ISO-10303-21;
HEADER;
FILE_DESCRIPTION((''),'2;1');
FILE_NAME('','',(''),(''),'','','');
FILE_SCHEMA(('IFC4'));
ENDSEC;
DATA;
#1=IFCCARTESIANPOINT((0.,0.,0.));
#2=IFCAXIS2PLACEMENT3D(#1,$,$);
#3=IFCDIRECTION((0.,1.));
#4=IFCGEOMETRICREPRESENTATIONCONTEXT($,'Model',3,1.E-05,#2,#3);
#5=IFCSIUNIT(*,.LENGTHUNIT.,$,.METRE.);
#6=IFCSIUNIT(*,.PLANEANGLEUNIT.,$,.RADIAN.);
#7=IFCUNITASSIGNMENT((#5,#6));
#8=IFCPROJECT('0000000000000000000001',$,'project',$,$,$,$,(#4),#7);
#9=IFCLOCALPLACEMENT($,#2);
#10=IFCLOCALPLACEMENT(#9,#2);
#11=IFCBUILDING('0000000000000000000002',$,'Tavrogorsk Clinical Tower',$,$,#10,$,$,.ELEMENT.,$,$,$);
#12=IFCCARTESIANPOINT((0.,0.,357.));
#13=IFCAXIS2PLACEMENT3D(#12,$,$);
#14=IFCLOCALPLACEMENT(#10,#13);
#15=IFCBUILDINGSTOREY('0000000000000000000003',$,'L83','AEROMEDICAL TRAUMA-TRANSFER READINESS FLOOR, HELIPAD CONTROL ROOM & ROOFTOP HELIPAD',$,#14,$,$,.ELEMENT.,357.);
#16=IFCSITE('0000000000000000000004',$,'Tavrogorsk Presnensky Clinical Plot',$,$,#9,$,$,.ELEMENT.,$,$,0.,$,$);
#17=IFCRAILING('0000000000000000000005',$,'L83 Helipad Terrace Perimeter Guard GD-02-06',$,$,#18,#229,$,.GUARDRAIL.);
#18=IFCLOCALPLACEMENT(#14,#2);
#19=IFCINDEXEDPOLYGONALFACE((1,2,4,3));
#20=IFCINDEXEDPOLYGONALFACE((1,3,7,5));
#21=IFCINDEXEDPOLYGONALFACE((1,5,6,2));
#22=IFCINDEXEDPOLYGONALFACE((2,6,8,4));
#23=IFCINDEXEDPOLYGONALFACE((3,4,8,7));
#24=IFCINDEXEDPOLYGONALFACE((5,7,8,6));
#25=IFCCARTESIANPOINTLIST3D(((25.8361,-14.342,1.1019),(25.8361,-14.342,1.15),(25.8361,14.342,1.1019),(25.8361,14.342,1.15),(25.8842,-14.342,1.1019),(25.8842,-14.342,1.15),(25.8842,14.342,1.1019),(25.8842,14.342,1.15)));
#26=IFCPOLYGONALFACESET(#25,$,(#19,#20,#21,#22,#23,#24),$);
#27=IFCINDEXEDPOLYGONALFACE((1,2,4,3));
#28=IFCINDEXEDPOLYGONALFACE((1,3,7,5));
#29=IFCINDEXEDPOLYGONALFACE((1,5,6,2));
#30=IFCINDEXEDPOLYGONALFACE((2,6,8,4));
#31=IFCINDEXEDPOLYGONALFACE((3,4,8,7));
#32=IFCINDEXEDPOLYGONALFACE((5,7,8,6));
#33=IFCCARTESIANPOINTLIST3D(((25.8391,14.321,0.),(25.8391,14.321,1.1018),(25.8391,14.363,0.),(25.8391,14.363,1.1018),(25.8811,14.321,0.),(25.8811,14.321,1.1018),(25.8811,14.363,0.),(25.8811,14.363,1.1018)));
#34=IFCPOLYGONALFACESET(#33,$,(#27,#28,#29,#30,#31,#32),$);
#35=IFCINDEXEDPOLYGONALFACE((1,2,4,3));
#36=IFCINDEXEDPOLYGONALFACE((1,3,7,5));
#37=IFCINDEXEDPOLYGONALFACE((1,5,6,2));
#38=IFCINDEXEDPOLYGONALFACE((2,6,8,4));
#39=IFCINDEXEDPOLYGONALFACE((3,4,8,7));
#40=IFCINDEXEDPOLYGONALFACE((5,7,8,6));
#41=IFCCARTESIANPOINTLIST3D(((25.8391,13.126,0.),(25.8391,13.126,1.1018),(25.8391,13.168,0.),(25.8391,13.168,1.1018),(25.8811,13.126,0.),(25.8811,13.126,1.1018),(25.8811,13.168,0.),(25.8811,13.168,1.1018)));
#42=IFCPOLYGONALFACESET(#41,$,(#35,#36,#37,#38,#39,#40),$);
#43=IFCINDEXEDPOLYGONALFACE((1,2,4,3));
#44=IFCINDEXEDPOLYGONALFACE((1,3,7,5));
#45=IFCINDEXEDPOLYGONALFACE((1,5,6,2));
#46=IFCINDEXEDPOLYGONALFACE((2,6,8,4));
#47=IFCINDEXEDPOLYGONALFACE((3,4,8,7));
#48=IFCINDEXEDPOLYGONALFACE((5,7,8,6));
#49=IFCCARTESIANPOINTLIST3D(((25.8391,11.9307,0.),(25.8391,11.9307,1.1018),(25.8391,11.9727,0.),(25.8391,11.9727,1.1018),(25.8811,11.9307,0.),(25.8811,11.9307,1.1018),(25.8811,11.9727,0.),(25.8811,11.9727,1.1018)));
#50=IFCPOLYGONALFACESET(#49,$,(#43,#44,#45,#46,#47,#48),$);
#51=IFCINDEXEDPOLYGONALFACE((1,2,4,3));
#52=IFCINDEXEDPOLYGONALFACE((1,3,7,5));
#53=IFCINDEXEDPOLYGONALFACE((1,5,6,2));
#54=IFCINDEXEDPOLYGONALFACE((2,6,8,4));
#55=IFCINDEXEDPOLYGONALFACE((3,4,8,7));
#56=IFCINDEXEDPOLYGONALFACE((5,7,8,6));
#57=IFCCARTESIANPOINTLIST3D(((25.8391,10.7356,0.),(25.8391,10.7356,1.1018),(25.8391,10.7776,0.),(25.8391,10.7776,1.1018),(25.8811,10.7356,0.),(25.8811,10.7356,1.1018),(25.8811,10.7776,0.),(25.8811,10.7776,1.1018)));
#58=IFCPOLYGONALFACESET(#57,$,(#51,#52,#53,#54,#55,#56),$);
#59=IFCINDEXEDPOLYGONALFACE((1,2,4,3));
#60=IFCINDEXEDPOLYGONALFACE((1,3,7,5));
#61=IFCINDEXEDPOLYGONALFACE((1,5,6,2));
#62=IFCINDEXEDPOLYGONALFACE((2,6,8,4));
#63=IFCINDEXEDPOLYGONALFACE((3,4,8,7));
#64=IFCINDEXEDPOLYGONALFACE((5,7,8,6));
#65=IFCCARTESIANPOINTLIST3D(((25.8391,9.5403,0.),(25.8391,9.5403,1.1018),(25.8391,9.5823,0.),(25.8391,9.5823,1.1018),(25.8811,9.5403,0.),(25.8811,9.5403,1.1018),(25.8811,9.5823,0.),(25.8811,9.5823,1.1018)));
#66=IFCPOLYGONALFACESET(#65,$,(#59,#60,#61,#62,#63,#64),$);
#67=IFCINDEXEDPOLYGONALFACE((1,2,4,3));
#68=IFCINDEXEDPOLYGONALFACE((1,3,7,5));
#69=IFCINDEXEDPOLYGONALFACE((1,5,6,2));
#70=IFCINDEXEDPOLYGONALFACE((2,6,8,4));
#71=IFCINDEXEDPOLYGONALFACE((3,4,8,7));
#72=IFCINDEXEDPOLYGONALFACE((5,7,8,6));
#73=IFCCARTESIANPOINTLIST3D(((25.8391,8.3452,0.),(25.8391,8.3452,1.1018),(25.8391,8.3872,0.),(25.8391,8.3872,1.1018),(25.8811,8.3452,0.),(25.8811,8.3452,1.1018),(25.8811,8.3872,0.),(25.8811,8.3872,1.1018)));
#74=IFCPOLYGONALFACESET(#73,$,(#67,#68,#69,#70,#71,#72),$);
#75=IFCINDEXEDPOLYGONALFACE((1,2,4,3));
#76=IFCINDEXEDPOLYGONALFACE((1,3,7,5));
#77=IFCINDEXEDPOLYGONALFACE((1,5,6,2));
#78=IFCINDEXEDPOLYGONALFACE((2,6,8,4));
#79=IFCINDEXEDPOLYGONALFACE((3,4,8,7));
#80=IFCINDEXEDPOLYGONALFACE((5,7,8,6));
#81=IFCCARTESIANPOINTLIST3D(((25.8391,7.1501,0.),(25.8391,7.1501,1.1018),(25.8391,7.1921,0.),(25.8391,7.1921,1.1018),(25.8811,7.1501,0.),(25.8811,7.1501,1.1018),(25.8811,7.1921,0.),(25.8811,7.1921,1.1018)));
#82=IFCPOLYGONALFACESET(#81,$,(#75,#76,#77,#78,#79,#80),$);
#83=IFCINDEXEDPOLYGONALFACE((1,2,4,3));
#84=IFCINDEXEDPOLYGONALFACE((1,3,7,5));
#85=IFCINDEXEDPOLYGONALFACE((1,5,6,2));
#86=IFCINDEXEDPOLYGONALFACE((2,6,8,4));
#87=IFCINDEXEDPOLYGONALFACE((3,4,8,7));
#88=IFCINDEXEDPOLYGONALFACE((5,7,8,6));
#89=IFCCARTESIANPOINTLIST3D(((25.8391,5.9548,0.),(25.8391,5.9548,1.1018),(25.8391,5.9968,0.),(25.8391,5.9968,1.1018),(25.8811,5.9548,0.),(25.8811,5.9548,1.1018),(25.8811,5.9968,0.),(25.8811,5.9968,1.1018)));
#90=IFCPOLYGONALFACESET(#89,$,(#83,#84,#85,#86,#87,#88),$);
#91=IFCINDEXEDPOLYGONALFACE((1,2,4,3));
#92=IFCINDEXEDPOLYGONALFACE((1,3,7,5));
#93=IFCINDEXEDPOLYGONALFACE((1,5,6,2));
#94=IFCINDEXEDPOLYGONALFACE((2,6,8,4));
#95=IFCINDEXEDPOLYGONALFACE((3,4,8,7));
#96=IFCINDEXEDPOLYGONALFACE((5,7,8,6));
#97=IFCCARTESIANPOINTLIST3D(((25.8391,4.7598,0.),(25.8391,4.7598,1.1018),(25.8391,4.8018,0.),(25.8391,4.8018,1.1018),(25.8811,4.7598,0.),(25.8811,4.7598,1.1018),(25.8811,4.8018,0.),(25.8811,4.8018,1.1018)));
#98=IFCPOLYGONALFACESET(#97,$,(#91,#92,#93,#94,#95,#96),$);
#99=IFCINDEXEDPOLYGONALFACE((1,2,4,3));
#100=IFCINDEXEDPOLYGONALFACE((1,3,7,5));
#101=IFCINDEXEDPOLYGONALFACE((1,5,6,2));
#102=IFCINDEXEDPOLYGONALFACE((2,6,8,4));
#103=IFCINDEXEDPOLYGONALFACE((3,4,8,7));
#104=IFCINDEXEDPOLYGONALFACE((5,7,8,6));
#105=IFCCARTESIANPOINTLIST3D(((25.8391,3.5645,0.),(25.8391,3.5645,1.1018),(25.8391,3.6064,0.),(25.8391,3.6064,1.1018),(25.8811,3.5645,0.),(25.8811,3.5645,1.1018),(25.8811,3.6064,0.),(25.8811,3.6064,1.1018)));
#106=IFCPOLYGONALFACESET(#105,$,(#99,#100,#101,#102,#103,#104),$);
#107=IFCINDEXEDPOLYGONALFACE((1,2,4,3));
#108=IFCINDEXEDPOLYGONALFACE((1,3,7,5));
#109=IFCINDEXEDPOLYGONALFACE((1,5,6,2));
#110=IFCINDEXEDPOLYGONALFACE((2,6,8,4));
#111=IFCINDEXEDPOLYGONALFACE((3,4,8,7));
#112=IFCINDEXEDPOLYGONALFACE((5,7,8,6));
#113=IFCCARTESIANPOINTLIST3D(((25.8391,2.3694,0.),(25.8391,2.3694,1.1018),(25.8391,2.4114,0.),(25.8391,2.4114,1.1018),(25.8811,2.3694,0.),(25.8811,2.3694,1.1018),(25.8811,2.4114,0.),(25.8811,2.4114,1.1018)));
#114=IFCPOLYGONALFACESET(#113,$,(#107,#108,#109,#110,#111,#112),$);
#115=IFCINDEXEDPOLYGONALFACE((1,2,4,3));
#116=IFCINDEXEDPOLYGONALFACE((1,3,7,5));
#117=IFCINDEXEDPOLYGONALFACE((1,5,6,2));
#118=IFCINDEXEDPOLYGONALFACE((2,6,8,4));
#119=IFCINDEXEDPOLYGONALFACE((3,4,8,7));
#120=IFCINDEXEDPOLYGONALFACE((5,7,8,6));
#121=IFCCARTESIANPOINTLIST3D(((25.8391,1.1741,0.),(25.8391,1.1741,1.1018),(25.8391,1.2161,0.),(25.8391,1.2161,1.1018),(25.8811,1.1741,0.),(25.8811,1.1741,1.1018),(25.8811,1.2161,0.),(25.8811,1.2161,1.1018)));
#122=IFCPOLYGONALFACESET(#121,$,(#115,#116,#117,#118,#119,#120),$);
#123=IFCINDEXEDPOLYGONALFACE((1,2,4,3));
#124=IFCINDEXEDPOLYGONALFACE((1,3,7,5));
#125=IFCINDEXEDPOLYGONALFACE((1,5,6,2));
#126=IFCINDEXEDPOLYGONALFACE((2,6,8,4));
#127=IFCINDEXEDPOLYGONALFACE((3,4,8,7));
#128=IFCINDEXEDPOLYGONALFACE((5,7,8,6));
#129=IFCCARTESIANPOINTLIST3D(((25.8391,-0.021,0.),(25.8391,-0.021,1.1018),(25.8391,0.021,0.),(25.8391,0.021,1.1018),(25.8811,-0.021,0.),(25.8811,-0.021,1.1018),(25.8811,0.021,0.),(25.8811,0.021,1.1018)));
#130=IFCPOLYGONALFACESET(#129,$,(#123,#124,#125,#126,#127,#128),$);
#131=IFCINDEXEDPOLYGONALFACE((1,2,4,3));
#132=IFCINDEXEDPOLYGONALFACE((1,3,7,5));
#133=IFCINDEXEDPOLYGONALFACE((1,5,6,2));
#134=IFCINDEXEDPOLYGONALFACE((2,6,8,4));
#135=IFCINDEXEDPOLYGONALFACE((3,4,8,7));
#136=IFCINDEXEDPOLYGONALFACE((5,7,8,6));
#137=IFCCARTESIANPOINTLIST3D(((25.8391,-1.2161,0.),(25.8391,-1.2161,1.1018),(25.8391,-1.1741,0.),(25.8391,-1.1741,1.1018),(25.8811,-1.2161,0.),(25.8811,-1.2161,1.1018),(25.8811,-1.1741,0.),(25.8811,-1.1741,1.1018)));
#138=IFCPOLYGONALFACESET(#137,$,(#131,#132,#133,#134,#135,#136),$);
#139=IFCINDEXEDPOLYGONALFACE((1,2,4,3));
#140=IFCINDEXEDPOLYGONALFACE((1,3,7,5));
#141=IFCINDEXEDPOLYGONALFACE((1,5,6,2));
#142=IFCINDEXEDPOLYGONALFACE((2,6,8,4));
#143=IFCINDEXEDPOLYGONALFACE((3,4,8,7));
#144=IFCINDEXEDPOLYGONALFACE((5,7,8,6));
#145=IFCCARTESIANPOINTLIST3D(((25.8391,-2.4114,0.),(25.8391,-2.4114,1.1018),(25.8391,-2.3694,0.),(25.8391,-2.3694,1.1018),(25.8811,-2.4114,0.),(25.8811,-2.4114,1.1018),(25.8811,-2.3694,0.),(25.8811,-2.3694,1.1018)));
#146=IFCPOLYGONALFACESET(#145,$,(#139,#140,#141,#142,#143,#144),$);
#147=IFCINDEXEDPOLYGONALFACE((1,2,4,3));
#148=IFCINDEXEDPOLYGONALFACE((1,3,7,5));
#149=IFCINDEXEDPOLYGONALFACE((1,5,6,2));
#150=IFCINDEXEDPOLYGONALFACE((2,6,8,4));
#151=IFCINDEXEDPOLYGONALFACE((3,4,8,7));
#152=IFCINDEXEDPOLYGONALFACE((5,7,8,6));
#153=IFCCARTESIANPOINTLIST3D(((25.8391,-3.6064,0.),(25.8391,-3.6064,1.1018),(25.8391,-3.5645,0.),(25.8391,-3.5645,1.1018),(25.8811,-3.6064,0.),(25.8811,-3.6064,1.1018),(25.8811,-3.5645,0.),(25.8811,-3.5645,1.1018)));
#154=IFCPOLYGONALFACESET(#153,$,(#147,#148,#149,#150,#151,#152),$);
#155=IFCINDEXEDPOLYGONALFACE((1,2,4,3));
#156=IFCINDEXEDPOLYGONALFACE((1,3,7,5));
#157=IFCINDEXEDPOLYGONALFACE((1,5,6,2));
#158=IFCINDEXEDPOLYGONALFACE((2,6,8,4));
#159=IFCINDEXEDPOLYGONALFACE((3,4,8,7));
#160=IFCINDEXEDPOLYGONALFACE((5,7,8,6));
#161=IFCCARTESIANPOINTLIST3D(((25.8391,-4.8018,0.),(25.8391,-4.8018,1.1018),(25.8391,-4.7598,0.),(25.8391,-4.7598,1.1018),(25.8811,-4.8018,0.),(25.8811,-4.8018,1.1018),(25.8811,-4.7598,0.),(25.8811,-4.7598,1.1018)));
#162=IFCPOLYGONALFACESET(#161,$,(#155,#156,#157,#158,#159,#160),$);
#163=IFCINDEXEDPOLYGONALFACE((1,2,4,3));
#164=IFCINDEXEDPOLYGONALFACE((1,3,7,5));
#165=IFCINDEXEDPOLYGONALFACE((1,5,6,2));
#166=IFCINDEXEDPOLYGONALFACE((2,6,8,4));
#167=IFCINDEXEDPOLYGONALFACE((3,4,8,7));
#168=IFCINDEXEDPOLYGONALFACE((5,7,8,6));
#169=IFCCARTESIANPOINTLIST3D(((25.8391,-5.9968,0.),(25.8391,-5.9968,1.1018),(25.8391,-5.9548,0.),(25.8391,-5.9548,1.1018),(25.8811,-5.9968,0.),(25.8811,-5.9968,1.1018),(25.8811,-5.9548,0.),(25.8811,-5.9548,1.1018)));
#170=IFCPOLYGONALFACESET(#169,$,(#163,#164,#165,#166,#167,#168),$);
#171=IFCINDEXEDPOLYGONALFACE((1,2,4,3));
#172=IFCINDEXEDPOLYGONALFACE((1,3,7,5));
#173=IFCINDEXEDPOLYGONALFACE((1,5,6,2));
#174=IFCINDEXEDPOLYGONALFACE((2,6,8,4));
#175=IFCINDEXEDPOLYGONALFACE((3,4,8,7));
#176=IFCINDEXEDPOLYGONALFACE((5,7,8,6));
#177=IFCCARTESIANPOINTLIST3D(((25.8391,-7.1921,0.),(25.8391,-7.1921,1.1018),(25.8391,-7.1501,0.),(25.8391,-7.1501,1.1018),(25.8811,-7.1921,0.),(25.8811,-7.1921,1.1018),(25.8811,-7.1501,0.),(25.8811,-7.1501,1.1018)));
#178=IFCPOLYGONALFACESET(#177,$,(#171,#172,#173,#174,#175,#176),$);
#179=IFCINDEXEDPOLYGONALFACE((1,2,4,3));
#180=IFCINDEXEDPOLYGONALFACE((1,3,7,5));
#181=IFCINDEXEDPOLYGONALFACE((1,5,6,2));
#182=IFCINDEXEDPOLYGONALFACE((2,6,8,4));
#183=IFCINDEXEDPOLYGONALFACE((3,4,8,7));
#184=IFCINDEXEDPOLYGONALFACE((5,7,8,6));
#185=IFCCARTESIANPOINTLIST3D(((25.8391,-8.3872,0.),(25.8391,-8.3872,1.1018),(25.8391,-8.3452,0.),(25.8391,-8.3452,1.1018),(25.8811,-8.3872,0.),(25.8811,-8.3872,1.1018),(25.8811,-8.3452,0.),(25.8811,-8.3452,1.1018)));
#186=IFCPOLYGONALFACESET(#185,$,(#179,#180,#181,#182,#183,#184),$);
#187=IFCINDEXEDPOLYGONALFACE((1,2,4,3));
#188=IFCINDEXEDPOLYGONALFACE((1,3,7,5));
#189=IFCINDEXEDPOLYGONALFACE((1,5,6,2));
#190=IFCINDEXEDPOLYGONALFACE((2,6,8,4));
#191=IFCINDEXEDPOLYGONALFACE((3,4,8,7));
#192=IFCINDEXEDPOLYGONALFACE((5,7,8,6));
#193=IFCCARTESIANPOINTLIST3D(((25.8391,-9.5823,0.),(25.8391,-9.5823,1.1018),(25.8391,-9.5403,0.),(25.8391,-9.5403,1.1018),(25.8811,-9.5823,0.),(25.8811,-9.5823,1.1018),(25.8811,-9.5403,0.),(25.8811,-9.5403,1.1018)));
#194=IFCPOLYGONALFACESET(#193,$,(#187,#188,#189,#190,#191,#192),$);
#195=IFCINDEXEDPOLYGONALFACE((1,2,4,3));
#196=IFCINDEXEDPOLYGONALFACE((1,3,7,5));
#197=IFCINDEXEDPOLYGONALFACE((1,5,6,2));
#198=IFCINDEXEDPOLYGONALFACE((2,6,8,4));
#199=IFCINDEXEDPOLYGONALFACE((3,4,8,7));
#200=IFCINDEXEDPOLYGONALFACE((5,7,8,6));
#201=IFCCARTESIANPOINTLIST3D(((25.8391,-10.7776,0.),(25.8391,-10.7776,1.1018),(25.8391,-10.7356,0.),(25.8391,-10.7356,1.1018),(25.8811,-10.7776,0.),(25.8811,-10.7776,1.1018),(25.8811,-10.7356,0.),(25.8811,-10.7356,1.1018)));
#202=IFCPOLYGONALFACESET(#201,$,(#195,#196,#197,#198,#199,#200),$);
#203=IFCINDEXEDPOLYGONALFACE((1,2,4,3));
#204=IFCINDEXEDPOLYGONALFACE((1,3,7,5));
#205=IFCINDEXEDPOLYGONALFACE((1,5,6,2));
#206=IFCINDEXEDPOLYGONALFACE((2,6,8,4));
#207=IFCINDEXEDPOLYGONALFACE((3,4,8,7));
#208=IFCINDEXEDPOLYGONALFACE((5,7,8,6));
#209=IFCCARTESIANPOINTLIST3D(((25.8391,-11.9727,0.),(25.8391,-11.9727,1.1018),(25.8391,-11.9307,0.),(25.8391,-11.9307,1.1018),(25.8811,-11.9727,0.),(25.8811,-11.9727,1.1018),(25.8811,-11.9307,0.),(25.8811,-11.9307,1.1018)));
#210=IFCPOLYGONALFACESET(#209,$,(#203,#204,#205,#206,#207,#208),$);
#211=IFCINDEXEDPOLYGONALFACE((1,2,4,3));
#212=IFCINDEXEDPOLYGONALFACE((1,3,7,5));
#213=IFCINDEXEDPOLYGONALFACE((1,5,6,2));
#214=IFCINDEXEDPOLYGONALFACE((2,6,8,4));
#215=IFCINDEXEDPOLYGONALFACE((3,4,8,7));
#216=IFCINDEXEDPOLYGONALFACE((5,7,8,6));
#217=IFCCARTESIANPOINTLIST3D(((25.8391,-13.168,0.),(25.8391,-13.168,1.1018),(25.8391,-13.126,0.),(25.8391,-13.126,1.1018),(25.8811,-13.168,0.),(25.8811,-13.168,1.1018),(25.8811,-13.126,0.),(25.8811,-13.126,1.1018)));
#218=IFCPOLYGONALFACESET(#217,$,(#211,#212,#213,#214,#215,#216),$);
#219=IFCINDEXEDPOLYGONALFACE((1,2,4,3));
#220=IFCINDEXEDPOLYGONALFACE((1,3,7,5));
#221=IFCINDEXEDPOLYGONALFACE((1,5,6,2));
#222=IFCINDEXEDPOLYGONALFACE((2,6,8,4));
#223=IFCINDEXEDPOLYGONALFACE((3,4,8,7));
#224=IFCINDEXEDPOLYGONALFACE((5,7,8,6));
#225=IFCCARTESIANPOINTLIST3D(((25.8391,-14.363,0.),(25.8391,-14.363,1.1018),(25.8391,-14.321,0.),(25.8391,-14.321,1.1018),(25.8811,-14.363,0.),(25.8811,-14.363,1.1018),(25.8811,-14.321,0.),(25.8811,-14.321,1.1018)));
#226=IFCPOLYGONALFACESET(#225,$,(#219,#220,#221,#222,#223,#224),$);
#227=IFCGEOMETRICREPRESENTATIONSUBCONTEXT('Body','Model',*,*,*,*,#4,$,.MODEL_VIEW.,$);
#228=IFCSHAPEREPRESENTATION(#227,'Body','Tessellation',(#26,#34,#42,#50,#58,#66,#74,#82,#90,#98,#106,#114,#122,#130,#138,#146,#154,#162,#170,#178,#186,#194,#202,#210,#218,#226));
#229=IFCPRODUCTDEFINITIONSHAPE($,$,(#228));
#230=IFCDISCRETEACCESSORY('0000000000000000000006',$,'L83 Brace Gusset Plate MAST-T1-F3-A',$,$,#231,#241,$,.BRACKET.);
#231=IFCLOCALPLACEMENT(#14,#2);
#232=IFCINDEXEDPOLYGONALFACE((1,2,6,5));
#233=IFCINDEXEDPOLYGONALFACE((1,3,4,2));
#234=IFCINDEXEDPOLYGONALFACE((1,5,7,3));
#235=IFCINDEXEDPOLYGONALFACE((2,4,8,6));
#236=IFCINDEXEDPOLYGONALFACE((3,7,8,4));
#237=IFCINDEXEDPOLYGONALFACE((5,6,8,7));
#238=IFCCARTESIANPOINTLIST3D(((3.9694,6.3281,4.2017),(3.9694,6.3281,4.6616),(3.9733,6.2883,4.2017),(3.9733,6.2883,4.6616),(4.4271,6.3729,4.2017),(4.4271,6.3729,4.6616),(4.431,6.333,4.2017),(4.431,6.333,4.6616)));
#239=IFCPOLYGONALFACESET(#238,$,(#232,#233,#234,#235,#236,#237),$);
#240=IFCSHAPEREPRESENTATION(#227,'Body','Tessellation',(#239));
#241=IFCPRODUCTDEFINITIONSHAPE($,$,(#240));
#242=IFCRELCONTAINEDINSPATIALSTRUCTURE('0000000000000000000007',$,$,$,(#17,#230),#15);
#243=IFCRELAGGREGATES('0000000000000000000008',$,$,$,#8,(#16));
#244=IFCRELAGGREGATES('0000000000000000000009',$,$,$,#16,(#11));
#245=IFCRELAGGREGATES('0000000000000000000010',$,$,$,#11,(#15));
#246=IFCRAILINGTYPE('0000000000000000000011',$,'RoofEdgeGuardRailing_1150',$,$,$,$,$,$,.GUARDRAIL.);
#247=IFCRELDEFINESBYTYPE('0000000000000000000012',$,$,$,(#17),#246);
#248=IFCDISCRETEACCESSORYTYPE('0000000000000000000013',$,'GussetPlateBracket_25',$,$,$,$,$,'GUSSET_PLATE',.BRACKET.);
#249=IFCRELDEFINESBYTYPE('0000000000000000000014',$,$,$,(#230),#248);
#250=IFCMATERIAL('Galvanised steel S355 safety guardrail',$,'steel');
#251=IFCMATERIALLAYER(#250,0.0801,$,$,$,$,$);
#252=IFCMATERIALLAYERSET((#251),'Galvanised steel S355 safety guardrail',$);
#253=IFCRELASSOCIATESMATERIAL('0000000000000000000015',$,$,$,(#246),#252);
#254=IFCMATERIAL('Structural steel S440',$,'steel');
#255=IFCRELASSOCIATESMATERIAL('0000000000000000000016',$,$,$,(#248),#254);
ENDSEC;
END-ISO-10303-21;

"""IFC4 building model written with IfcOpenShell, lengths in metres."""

from ifc_helpers import new_model, si_unit, direction, frame, origin, origin_2d, place, context, subcontext, project, spatial, rectangle, extrude, material, layer, layer_set, type_object, element, save


model = new_model("IFC4")

# Units and contexts
model_context = context("Model", 3, precision=1e-05, world=origin(), true_north=direction((0.0, 1.0)))
body_context = subcontext(model_context, "Body", "Model", "MODEL_VIEW")
ifc_project = project(units=[si_unit("LENGTHUNIT", "METRE"), si_unit("PLANEANGLEUNIT", "RADIAN")], contexts=[model_context])

# Site, building, storey
site_placement = place(None, origin())
site = spatial("IfcSite", under=ifc_project, at=site_placement, Name="Tavrogorsk Presnensky Clinical Plot", CompositionType="ELEMENT", RefElevation=0.0)
building_placement = place(site_placement, origin())
building = spatial("IfcBuilding", under=site, at=building_placement, Name="Tavrogorsk Clinical Tower", CompositionType="ELEMENT")
storey_placement = place(building_placement, frame((0.0, 0.0, 357.0)))
storey = spatial("IfcBuildingStorey", under=building, at=storey_placement, Name="L83", Description="AEROMEDICAL TRAUMA-TRANSFER READINESS FLOOR, HELIPAD CONTROL ROOM & ROOFTOP HELIPAD", CompositionType="ELEMENT", Elevation=357.0)

# Railing
ifc_material_1 = material(Name="Galvanised steel S355 safety guardrail", Category="steel")
ifc_layer_1 = layer(ifc_material_1, 0.0801)
ifc_layer_set_1 = layer_set([ifc_layer_1], Name="Galvanised steel S355 safety guardrail")
railing_type = type_object("IfcRailingType", Name="RoofEdgeGuardRailing_1150", PredefinedType="GUARDRAIL", material=ifc_layer_set_1)
railing_1_placement = place(storey_placement, frame((25.8601, 14.342, 0.0)))
element("IfcRailing", 1, at=railing_1_placement, inside=storey, type_object=railing_type, Name="L83 Helipad Terrace Perimeter Guard GD-02-06", PredefinedType="GUARDRAIL", context=body_context, shape_type="SweptSolid", body=[
    extrude(rectangle(XDim=0.0481, YDim=0.0481, at=origin_2d()), frame((0.0, 0.0, 1.126), z_axis=(0.0, -1.0, 0.0), x_axis=(1.0, 0.0, 0.0)), (0.0, 0.0, 1.0), 28.6841),
    extrude(rectangle(XDim=0.042, YDim=0.042, at=origin_2d()), origin(), (0.0, 0.0, 1.0), 1.1018),
    extrude(rectangle(XDim=0.042, YDim=0.042, at=origin_2d()), frame((0.0, -1.1951, 0.0)), (0.0, 0.0, 1.0), 1.1018),
    extrude(rectangle(XDim=0.042, YDim=0.042, at=origin_2d()), frame((0.0, -2.3904, 0.0)), (0.0, 0.0, 1.0), 1.1018),
    extrude(rectangle(XDim=0.042, YDim=0.042, at=origin_2d()), frame((0.0, -3.5854, 0.0)), (0.0, 0.0, 1.0), 1.1018),
    extrude(rectangle(XDim=0.042, YDim=0.042, at=origin_2d()), frame((0.0, -4.7808, 0.0)), (0.0, 0.0, 1.0), 1.1018),
    extrude(rectangle(XDim=0.042, YDim=0.042, at=origin_2d()), frame((0.0, -5.9758, 0.0)), (0.0, 0.0, 1.0), 1.1018),
    extrude(rectangle(XDim=0.042, YDim=0.042, at=origin_2d()), frame((0.0, -7.1709, 0.0)), (0.0, 0.0, 1.0), 1.1018),
    extrude(rectangle(XDim=0.042, YDim=0.042, at=origin_2d()), frame((0.0, -8.3662, 0.0)), (0.0, 0.0, 1.0), 1.1018),
    extrude(rectangle(XDim=0.042, YDim=0.042, at=origin_2d()), frame((0.0, -9.5613, 0.0)), (0.0, 0.0, 1.0), 1.1018),
    extrude(rectangle(XDim=0.042, YDim=0.042, at=origin_2d()), frame((0.0, -10.7566, 0.0)), (0.0, 0.0, 1.0), 1.1018),
    extrude(rectangle(XDim=0.042, YDim=0.042, at=origin_2d()), frame((0.0, -11.9517, 0.0)), (0.0, 0.0, 1.0), 1.1018),
    extrude(rectangle(XDim=0.042, YDim=0.042, at=origin_2d()), frame((0.0, -13.147, 0.0)), (0.0, 0.0, 1.0), 1.1018),
    extrude(rectangle(XDim=0.042, YDim=0.042, at=origin_2d()), frame((0.0, -14.342, 0.0)), (0.0, 0.0, 1.0), 1.1018),
    extrude(rectangle(XDim=0.042, YDim=0.042, at=origin_2d()), frame((0.0, -15.5371, 0.0)), (0.0, 0.0, 1.0), 1.1018),
    extrude(rectangle(XDim=0.042, YDim=0.042, at=origin_2d()), frame((0.0, -16.7324, 0.0)), (0.0, 0.0, 1.0), 1.1018),
    extrude(rectangle(XDim=0.042, YDim=0.042, at=origin_2d()), frame((0.0, -17.9275, 0.0)), (0.0, 0.0, 1.0), 1.1018),
    extrude(rectangle(XDim=0.042, YDim=0.042, at=origin_2d()), frame((0.0, -19.1228, 0.0)), (0.0, 0.0, 1.0), 1.1018),
    extrude(rectangle(XDim=0.042, YDim=0.042, at=origin_2d()), frame((0.0, -20.3179, 0.0)), (0.0, 0.0, 1.0), 1.1018),
    extrude(rectangle(XDim=0.042, YDim=0.042, at=origin_2d()), frame((0.0, -21.5132, 0.0)), (0.0, 0.0, 1.0), 1.1018),
    extrude(rectangle(XDim=0.042, YDim=0.042, at=origin_2d()), frame((0.0, -22.7083, 0.0)), (0.0, 0.0, 1.0), 1.1018),
    extrude(rectangle(XDim=0.042, YDim=0.042, at=origin_2d()), frame((0.0, -23.9033, 0.0)), (0.0, 0.0, 1.0), 1.1018),
    extrude(rectangle(XDim=0.042, YDim=0.042, at=origin_2d()), frame((0.0, -25.0986, 0.0)), (0.0, 0.0, 1.0), 1.1018),
    extrude(rectangle(XDim=0.042, YDim=0.042, at=origin_2d()), frame((0.0, -26.2937, 0.0)), (0.0, 0.0, 1.0), 1.1018),
    extrude(rectangle(XDim=0.042, YDim=0.042, at=origin_2d()), frame((0.0, -27.489, 0.0)), (0.0, 0.0, 1.0), 1.1018),
    extrude(rectangle(XDim=0.042, YDim=0.042, at=origin_2d()), frame((0.0, -28.6841, 0.0)), (0.0, 0.0, 1.0), 1.1018),
])

# Discrete accessory
ifc_material_2 = material(Name="Structural steel S440", Category="steel")
discrete_accessory_type = type_object("IfcDiscreteAccessoryType", Name="GussetPlateBracket_25", ElementType="GUSSET_PLATE", PredefinedType="BRACKET", material=ifc_material_2)
discrete_accessory_placement = place(storey_placement, frame((4.2002, 6.3306, 4.2017), z_axis=(0.0, 0.0, 1.0), x_axis=(-0.995261, -0.097235, 0.0)))
element("IfcDiscreteAccessory", 2, at=discrete_accessory_placement, inside=storey, type_object=discrete_accessory_type, Name="L83 Brace Gusset Plate MAST-T1-F3-A", PredefinedType="BRACKET", context=body_context, shape_type="SweptSolid", body=[
    extrude(rectangle(XDim=0.46, YDim=0.04, at=origin_2d()), origin(), (0.0, 0.0, 1.0), 0.46),
])

save(model, "model.ifc")
